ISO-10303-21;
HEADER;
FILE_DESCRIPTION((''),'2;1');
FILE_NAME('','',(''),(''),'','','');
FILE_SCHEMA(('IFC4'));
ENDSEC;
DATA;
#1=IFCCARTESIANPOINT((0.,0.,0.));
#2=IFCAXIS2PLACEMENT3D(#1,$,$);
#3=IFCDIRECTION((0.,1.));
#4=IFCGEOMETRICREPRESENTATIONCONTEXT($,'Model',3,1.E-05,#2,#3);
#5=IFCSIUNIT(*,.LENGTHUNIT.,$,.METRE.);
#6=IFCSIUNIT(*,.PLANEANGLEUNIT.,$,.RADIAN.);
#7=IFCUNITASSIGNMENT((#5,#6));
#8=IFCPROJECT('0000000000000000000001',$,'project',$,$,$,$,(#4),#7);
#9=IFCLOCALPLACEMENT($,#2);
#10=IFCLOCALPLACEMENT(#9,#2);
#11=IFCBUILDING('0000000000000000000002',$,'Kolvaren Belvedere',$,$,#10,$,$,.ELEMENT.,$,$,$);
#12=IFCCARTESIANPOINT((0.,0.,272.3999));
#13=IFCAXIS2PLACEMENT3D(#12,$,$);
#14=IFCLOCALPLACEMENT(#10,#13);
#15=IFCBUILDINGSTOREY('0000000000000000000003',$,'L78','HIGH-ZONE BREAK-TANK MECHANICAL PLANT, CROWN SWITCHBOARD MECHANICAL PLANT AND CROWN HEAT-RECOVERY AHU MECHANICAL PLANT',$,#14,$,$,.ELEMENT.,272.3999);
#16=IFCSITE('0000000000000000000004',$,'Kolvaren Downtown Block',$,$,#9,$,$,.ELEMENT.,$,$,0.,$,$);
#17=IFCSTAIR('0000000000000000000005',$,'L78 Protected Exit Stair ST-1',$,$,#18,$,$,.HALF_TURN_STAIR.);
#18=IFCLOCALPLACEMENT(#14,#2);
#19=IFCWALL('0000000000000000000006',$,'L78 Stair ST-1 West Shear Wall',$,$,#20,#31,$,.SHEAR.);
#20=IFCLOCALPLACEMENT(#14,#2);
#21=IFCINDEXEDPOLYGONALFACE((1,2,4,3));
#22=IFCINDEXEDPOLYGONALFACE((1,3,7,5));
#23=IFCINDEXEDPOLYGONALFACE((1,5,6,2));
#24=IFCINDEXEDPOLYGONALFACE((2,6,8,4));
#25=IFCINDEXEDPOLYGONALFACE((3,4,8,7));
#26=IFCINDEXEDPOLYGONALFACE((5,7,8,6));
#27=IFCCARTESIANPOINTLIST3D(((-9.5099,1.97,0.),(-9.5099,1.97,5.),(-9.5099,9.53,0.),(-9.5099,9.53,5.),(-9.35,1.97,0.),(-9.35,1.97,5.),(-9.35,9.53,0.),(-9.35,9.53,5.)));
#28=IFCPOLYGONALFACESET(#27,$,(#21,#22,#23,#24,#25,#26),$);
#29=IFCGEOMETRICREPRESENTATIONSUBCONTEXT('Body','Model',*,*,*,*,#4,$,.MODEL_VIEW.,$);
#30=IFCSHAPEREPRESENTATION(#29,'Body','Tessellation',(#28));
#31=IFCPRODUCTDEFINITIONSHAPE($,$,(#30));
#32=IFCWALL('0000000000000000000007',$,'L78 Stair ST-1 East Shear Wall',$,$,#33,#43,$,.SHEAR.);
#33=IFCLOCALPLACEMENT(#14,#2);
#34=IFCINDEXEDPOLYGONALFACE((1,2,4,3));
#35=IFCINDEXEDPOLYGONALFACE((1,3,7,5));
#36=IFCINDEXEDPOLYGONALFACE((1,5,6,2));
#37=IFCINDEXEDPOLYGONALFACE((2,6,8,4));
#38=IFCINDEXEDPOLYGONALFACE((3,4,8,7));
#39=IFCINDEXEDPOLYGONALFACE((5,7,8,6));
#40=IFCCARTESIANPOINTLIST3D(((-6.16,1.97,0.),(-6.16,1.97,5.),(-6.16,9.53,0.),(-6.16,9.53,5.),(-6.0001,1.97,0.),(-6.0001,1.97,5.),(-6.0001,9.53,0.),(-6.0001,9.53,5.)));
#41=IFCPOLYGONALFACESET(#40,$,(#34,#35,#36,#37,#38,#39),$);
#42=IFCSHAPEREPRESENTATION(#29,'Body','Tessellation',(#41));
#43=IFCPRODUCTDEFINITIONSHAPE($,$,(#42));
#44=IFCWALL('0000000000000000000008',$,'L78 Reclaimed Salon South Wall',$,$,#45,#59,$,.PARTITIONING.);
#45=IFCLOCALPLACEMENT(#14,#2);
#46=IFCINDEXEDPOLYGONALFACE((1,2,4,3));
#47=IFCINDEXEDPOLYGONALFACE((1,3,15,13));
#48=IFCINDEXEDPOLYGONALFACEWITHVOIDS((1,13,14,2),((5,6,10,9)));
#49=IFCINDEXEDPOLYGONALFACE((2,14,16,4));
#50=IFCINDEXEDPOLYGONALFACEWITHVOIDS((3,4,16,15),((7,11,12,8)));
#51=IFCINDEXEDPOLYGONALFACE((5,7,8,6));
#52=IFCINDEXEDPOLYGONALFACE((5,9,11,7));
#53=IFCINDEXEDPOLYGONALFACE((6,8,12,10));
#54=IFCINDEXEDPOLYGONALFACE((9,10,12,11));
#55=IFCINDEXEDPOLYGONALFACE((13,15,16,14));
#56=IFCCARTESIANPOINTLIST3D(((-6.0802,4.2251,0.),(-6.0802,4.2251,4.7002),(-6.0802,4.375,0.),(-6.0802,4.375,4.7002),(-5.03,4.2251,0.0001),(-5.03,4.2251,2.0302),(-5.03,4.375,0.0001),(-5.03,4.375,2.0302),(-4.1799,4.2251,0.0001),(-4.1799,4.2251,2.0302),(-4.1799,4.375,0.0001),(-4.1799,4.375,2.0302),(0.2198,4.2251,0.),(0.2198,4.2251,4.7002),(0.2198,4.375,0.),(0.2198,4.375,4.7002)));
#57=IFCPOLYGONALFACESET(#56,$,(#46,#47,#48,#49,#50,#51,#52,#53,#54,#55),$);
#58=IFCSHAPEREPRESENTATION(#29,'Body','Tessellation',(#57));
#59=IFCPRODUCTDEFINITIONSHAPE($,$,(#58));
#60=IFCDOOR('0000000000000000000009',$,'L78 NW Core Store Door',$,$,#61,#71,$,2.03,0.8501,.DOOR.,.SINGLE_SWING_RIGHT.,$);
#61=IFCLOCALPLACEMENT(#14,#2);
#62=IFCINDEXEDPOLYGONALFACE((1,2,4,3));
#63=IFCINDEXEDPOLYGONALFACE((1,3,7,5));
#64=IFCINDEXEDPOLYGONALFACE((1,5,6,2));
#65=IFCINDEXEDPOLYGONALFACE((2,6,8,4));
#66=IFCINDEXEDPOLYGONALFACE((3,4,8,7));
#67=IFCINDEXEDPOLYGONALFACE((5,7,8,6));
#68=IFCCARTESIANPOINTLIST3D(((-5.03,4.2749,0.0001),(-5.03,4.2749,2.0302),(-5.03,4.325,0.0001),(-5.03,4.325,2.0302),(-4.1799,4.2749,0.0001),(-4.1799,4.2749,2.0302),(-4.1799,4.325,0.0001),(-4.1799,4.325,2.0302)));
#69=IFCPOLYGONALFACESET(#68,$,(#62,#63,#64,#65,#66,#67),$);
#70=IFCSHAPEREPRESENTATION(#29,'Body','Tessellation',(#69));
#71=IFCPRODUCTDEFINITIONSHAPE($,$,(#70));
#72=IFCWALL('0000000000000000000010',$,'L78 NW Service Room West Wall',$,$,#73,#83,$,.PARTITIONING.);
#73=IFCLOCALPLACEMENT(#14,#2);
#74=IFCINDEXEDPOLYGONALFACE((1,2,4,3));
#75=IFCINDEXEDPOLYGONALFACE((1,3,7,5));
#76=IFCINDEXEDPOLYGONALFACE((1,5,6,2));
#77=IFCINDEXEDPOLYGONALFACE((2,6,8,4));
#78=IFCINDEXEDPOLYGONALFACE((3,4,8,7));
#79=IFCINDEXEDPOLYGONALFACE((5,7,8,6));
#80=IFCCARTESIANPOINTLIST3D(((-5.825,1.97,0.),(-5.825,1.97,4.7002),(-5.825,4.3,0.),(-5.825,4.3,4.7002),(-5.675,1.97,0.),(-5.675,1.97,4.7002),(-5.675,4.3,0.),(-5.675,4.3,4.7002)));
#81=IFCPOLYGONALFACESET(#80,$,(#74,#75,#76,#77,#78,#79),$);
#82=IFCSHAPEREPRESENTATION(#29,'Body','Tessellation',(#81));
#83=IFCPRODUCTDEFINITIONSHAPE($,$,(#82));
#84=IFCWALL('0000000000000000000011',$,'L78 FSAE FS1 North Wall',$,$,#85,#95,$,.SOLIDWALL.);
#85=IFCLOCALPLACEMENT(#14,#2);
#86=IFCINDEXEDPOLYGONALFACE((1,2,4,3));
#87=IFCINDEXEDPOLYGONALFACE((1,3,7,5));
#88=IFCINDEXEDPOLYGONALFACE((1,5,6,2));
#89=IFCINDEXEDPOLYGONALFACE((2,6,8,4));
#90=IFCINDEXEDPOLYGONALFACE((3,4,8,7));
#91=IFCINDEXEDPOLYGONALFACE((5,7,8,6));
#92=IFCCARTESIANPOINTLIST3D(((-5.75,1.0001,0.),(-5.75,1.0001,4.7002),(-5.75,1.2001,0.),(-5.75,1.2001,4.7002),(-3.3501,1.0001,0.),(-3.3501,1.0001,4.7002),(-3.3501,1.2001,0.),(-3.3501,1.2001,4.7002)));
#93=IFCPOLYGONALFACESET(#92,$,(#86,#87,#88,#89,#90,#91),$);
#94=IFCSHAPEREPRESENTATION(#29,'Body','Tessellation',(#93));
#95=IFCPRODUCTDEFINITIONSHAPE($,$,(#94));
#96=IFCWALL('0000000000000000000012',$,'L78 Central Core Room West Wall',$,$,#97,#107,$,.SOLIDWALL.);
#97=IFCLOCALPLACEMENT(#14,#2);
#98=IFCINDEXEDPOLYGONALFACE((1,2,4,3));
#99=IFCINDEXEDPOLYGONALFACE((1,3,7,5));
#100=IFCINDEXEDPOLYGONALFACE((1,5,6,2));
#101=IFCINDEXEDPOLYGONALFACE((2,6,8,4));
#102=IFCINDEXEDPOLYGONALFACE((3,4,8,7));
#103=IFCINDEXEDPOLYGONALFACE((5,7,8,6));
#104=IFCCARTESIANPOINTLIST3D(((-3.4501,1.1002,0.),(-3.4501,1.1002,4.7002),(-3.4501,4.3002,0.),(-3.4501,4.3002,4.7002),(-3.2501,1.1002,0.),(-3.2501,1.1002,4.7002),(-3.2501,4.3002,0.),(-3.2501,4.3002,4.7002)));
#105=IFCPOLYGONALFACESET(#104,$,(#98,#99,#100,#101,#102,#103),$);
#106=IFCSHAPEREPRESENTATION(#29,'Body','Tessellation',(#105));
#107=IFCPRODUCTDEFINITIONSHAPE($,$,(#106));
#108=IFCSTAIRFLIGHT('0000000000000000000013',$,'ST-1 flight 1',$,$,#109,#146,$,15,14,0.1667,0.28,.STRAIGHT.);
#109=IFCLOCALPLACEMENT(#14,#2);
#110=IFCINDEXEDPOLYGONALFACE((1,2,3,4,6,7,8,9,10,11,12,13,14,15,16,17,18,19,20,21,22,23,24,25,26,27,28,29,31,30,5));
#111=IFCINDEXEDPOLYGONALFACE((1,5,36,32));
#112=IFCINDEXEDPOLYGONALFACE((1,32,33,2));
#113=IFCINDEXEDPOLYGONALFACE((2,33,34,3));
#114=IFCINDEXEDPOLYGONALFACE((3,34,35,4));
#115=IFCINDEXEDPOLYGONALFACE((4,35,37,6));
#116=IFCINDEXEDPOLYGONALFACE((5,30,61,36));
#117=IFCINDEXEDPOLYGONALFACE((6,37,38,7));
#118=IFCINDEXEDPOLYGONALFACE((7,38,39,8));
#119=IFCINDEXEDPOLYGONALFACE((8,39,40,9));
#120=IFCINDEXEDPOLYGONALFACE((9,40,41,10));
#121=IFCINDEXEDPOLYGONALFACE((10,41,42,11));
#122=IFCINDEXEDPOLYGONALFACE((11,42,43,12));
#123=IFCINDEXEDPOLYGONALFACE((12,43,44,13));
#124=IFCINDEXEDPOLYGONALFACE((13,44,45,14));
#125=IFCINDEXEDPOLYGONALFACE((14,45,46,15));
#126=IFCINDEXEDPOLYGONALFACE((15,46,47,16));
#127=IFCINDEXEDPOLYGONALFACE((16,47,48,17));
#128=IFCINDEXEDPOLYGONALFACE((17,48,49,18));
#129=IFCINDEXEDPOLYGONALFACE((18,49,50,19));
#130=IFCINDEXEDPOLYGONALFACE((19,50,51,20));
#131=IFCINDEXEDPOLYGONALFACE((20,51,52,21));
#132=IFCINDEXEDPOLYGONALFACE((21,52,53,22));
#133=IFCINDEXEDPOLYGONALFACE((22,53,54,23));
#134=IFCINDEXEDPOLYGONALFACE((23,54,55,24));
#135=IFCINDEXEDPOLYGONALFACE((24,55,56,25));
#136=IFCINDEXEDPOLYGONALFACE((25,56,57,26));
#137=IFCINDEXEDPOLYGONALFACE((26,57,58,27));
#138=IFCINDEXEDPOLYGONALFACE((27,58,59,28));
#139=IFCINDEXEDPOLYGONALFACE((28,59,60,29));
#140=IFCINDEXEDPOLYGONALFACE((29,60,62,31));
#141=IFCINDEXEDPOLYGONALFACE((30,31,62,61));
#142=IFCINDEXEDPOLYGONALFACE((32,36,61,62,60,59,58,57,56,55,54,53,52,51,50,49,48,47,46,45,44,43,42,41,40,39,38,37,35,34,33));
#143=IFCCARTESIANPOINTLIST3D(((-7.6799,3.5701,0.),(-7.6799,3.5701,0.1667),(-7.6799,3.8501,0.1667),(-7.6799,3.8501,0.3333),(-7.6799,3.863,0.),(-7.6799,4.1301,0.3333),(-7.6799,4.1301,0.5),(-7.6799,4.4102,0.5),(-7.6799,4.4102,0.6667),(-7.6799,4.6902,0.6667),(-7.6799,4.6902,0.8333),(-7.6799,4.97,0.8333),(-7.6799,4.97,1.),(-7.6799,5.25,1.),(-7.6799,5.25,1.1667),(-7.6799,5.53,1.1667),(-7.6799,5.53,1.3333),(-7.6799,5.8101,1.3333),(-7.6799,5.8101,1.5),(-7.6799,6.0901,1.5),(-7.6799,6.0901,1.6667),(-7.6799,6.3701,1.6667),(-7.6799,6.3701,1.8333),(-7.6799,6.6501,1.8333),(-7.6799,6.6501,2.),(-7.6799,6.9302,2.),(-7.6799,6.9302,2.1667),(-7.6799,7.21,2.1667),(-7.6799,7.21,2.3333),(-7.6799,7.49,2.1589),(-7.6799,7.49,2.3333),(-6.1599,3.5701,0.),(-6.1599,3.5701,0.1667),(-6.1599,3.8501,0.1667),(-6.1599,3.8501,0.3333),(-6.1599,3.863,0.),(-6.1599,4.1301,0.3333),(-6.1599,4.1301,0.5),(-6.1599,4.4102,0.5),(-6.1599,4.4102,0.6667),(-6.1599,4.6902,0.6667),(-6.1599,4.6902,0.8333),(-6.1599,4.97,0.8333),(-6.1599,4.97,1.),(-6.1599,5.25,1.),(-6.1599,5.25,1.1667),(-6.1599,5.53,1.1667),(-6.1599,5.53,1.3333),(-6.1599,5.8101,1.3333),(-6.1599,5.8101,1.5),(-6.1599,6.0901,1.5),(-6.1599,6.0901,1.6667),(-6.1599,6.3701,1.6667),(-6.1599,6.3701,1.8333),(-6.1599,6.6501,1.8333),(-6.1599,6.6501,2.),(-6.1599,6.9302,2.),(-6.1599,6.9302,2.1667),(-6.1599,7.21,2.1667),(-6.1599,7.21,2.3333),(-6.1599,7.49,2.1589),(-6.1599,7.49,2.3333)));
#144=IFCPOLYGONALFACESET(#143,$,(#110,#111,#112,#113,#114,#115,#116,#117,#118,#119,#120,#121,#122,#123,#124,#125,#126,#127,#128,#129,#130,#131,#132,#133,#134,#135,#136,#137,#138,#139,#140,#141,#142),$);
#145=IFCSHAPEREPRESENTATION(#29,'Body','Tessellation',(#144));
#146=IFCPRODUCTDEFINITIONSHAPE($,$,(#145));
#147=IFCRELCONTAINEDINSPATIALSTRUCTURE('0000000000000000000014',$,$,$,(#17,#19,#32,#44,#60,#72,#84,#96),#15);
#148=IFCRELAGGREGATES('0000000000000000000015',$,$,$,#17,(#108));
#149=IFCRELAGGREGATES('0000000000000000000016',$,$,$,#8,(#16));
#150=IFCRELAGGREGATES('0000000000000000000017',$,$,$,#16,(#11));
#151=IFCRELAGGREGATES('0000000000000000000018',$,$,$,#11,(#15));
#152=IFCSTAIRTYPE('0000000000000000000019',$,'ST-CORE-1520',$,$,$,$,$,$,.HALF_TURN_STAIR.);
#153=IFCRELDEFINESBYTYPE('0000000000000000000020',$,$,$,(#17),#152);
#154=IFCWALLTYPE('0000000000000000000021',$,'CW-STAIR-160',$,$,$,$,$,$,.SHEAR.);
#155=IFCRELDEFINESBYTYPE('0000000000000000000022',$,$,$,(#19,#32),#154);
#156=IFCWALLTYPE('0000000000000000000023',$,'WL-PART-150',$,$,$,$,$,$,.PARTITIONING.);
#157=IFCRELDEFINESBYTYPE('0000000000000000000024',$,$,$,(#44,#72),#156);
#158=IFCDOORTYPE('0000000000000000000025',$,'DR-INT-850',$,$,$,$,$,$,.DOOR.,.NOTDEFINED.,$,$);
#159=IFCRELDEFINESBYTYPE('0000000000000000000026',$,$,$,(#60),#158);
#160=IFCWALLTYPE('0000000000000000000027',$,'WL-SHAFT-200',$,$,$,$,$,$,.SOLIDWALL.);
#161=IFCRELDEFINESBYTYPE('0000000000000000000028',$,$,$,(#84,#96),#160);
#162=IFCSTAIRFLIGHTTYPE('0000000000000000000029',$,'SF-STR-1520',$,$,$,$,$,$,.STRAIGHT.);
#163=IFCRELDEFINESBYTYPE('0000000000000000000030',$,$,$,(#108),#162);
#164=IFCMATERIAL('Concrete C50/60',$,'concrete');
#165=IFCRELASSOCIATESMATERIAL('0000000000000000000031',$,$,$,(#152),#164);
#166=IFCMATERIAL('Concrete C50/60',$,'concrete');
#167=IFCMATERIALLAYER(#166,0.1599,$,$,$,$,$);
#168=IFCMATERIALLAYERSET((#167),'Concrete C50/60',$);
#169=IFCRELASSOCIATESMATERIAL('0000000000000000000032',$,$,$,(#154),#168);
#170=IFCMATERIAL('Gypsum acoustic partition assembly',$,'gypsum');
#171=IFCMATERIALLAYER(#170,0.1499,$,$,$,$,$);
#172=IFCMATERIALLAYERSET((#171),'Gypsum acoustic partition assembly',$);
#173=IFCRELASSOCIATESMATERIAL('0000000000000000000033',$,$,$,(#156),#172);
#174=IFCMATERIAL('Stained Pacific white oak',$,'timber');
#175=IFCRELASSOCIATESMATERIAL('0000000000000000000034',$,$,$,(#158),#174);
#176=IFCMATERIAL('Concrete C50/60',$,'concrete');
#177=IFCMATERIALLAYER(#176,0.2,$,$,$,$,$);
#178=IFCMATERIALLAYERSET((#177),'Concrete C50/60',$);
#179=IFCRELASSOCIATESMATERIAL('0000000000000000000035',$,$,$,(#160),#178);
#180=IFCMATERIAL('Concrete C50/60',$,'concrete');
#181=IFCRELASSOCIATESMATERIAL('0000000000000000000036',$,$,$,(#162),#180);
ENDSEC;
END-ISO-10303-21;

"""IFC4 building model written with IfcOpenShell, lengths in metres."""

from ifc_helpers import new_model, si_unit, direction, frame, frame_2d, origin, place, context, subcontext, project, spatial, polyline, rectangle, outline, extrude, material, layer, layer_set, type_object, element, fill, aggregate, save


model = new_model("IFC4")

# Units and contexts
model_context = context("Model", 3, precision=1e-05, world=origin(), true_north=direction((0.0, 1.0)))
body_context = subcontext(model_context, "Body", "Model", "MODEL_VIEW")
ifc_project = project(units=[si_unit("LENGTHUNIT", "METRE"), si_unit("PLANEANGLEUNIT", "RADIAN")], contexts=[model_context])

# Site, building, storey
site_placement = place(None, origin())
site = spatial("IfcSite", under=ifc_project, at=site_placement, Name="Kolvaren Downtown Block", CompositionType="ELEMENT", RefElevation=0.0)
building_placement = place(site_placement, origin())
building = spatial("IfcBuilding", under=site, at=building_placement, Name="Kolvaren Belvedere", CompositionType="ELEMENT")
storey_placement = place(building_placement, frame((0.0, 0.0, 272.3999)))
storey = spatial("IfcBuildingStorey", under=building, at=storey_placement, Name="L78", Description="HIGH-ZONE BREAK-TANK MECHANICAL PLANT, CROWN SWITCHBOARD MECHANICAL PLANT AND CROWN HEAT-RECOVERY AHU MECHANICAL PLANT", CompositionType="ELEMENT", Elevation=272.3999)

# Stair
ifc_material_1 = material(Name="Concrete C50/60", Category="concrete")
stair_type = type_object("IfcStairType", Name="ST-CORE-1520", PredefinedType="HALF_TURN_STAIR", material=ifc_material_1)
stair_1_placement = place(storey_placement, origin())
stair_1 = element("IfcStair", 1, at=stair_1_placement, inside=storey, type_object=stair_type, Name="L78 Protected Exit Stair ST-1", PredefinedType="HALF_TURN_STAIR")

# Walls
ifc_material_2 = material(Name="Concrete C50/60", Category="concrete")
ifc_layer_1 = layer(ifc_material_2, 0.1599)
ifc_layer_set_1 = layer_set([ifc_layer_1], Name="Concrete C50/60")
wall_type_1 = type_object("IfcWallType", Name="CW-STAIR-160", PredefinedType="SHEAR", material=ifc_layer_set_1)
for number, where, z_axis, x_axis, name in (
    (2, (-9.4299, 1.97, 0.0), (0.0, 0.0, 1.0), (0.0, 1.0, 0.0), "L78 Stair ST-1 West Shear Wall"),
    (3, (-6.0801, 1.97, 0.0), (0.0, 0.0, 1.0), (0.0, 1.0, 0.0), "L78 Stair ST-1 East Shear Wall"),
):
    element("IfcWall", number, at=place(storey_placement, frame(where, z_axis=z_axis, x_axis=x_axis)), inside=storey, type_object=wall_type_1, Name=name, PredefinedType="SHEAR", context=body_context, shape_type="SweptSolid", body=[
        extrude(rectangle(XDim=7.5601, YDim=0.1599, at=frame_2d((3.78, 0.0))), origin(), (0.0, 0.0, 1.0), 5.0),
    ])

# Wall, opening, door
ifc_material_3 = material(Name="Gypsum acoustic partition assembly", Category="gypsum")
ifc_layer_2 = layer(ifc_material_3, 0.1499)
ifc_layer_set_2 = layer_set([ifc_layer_2], Name="Gypsum acoustic partition assembly")
wall_type_2 = type_object("IfcWallType", Name="WL-PART-150", PredefinedType="PARTITIONING", material=ifc_layer_set_2)
wall_1_placement = place(storey_placement, frame((-6.0801, 4.3, 0.0), z_axis=(0.0, 0.0, 1.0), x_axis=(1.0, 0.0, 0.0)))
wall_1 = element("IfcWall", 4, at=wall_1_placement, inside=storey, type_object=wall_type_2, Name="L78 Reclaimed Salon South Wall", PredefinedType="PARTITIONING", context=body_context, shape_type="SweptSolid", body=[
    extrude(rectangle(XDim=6.3, YDim=0.1499, at=frame_2d((3.1499, 0.0))), origin(), (0.0, 0.0, 1.0), 4.7002),
])
opening_placement = place(wall_1_placement, frame((1.05, 0.0, 0.0)))
opening = element("IfcOpeningElement", 5, at=opening_placement, cuts=wall_1, PredefinedType="OPENING", context=body_context, shape_type="SweptSolid", body=[
    extrude(rectangle(XDim=0.8501, YDim=2.03, at=frame_2d((0.425, 1.0151))), frame((0.0, 0.085, 0.0), z_axis=(0.0, -1.0, 0.0), x_axis=(1.0, 0.0, 0.0)), (0.0, 0.0, 1.0), 0.1699),
])
ifc_material_4 = material(Name="Stained Pacific white oak", Category="timber")
door_type = type_object("IfcDoorType", Name="DR-INT-850", OperationType="NOTDEFINED", PredefinedType="DOOR", material=ifc_material_4)
door_placement = place(opening_placement, origin())
door = element("IfcDoor", 6, at=door_placement, inside=storey, type_object=door_type, Name="L78 NW Core Store Door", OperationType="SINGLE_SWING_RIGHT", OverallHeight=2.03, OverallWidth=0.8501, PredefinedType="DOOR", context=body_context, shape_type="SweptSolid", body=[
    extrude(rectangle(XDim=0.8501, YDim=2.03, at=frame_2d((0.425, 1.0151))), frame((0.0, 0.0249, 0.0), z_axis=(0.0, -1.0, 0.0), x_axis=(1.0, 0.0, 0.0)), (0.0, 0.0, 1.0), 0.05),
])
fill(opening, door)

# Walls
wall_2_placement = place(storey_placement, frame((-5.75, 1.97, 0.0), z_axis=(0.0, 0.0, 1.0), x_axis=(0.0, 1.0, 0.0)))
element("IfcWall", 7, at=wall_2_placement, inside=storey, type_object=wall_type_2, Name="L78 NW Service Room West Wall", PredefinedType="PARTITIONING", context=body_context, shape_type="SweptSolid", body=[
    extrude(rectangle(XDim=2.3301, YDim=0.1499, at=frame_2d((1.165, 0.0))), origin(), (0.0, 0.0, 1.0), 4.7002),
])
ifc_material_5 = material(Name="Concrete C50/60", Category="concrete")
ifc_layer_3 = layer(ifc_material_5, 0.2)
ifc_layer_set_3 = layer_set([ifc_layer_3], Name="Concrete C50/60")
wall_type_3 = type_object("IfcWallType", Name="WL-SHAFT-200", PredefinedType="SOLIDWALL", material=ifc_layer_set_3)
wall_3_placement = place(storey_placement, frame((-5.75, 1.1001, 0.0), z_axis=(0.0, 0.0, 1.0), x_axis=(1.0, 0.0, 0.0)))
element("IfcWall", 8, at=wall_3_placement, inside=storey, type_object=wall_type_3, Name="L78 FSAE FS1 North Wall", PredefinedType="SOLIDWALL", context=body_context, shape_type="SweptSolid", body=[
    extrude(rectangle(XDim=2.3999, YDim=0.2, at=frame_2d((1.2, 0.0))), origin(), (0.0, 0.0, 1.0), 4.7002),
])
wall_4_placement = place(storey_placement, frame((-3.3501, 1.1001, 0.0), z_axis=(0.0, 0.0, 1.0), x_axis=(0.0, 1.0, 0.0)))
element("IfcWall", 9, at=wall_4_placement, inside=storey, type_object=wall_type_3, Name="L78 Central Core Room West Wall", PredefinedType="SOLIDWALL", context=body_context, shape_type="SweptSolid", body=[
    extrude(rectangle(XDim=3.2, YDim=0.2, at=frame_2d((1.6001, 0.0))), origin(), (0.0, 0.0, 1.0), 4.7002),
])

# Stair flight
ifc_material_6 = material(Name="Concrete C50/60", Category="concrete")
stair_flight_type = type_object("IfcStairFlightType", Name="SF-STR-1520", PredefinedType="STRAIGHT", material=ifc_material_6)
stair_flight_1_placement = place(storey_placement, frame((-6.9199, 3.5701, 0.0), z_axis=(0.0, 0.0, 1.0), x_axis=(0.0, 1.0, 0.0)))
stair_flight_1 = element("IfcStairFlight", 10, at=stair_flight_1_placement, type_object=stair_flight_type, Name="ST-1 flight 1", NumberOfRisers=15, NumberOfTreads=14, PredefinedType="STRAIGHT", RiserHeight=0.1667, TreadLength=0.28, context=body_context, shape_type="SweptSolid", body=[
    extrude(outline(polyline([(0.0, 0.0), (0.0, 0.1667), (0.28, 0.1667), (0.28, 0.3333), (0.5601, 0.3333), (0.5601, 0.5), (0.8401, 0.5), (0.8401, 0.6667), (1.1201, 0.6667), (1.1201, 0.8333), (1.3999, 0.8333), (1.3999, 1.0), (1.6799, 1.0), (1.6799, 1.1667), (1.96, 1.1667), (1.96, 1.3333), (2.24, 1.3333), (2.24, 1.5), (2.52, 1.5), (2.52, 1.6667), (2.8, 1.6667), (2.8, 1.8333), (3.0801, 1.8333), (3.0801, 2.0), (3.3601, 2.0), (3.3601, 2.1667), (3.6399, 2.1667), (3.6399, 2.3333), (3.9199, 2.3333), (3.9199, 2.5), (3.9199, 2.1589), (0.293, 0.0), (0.0, 0.0)])), frame((0.0, 0.76, 0.0), z_axis=(0.0, -1.0, 0.0), x_axis=(1.0, 0.0, 0.0)), (0.0, 0.0, 1.0), 1.52),
])
aggregate(stair_1, [stair_flight_1])

save(model, "model.ifc")
